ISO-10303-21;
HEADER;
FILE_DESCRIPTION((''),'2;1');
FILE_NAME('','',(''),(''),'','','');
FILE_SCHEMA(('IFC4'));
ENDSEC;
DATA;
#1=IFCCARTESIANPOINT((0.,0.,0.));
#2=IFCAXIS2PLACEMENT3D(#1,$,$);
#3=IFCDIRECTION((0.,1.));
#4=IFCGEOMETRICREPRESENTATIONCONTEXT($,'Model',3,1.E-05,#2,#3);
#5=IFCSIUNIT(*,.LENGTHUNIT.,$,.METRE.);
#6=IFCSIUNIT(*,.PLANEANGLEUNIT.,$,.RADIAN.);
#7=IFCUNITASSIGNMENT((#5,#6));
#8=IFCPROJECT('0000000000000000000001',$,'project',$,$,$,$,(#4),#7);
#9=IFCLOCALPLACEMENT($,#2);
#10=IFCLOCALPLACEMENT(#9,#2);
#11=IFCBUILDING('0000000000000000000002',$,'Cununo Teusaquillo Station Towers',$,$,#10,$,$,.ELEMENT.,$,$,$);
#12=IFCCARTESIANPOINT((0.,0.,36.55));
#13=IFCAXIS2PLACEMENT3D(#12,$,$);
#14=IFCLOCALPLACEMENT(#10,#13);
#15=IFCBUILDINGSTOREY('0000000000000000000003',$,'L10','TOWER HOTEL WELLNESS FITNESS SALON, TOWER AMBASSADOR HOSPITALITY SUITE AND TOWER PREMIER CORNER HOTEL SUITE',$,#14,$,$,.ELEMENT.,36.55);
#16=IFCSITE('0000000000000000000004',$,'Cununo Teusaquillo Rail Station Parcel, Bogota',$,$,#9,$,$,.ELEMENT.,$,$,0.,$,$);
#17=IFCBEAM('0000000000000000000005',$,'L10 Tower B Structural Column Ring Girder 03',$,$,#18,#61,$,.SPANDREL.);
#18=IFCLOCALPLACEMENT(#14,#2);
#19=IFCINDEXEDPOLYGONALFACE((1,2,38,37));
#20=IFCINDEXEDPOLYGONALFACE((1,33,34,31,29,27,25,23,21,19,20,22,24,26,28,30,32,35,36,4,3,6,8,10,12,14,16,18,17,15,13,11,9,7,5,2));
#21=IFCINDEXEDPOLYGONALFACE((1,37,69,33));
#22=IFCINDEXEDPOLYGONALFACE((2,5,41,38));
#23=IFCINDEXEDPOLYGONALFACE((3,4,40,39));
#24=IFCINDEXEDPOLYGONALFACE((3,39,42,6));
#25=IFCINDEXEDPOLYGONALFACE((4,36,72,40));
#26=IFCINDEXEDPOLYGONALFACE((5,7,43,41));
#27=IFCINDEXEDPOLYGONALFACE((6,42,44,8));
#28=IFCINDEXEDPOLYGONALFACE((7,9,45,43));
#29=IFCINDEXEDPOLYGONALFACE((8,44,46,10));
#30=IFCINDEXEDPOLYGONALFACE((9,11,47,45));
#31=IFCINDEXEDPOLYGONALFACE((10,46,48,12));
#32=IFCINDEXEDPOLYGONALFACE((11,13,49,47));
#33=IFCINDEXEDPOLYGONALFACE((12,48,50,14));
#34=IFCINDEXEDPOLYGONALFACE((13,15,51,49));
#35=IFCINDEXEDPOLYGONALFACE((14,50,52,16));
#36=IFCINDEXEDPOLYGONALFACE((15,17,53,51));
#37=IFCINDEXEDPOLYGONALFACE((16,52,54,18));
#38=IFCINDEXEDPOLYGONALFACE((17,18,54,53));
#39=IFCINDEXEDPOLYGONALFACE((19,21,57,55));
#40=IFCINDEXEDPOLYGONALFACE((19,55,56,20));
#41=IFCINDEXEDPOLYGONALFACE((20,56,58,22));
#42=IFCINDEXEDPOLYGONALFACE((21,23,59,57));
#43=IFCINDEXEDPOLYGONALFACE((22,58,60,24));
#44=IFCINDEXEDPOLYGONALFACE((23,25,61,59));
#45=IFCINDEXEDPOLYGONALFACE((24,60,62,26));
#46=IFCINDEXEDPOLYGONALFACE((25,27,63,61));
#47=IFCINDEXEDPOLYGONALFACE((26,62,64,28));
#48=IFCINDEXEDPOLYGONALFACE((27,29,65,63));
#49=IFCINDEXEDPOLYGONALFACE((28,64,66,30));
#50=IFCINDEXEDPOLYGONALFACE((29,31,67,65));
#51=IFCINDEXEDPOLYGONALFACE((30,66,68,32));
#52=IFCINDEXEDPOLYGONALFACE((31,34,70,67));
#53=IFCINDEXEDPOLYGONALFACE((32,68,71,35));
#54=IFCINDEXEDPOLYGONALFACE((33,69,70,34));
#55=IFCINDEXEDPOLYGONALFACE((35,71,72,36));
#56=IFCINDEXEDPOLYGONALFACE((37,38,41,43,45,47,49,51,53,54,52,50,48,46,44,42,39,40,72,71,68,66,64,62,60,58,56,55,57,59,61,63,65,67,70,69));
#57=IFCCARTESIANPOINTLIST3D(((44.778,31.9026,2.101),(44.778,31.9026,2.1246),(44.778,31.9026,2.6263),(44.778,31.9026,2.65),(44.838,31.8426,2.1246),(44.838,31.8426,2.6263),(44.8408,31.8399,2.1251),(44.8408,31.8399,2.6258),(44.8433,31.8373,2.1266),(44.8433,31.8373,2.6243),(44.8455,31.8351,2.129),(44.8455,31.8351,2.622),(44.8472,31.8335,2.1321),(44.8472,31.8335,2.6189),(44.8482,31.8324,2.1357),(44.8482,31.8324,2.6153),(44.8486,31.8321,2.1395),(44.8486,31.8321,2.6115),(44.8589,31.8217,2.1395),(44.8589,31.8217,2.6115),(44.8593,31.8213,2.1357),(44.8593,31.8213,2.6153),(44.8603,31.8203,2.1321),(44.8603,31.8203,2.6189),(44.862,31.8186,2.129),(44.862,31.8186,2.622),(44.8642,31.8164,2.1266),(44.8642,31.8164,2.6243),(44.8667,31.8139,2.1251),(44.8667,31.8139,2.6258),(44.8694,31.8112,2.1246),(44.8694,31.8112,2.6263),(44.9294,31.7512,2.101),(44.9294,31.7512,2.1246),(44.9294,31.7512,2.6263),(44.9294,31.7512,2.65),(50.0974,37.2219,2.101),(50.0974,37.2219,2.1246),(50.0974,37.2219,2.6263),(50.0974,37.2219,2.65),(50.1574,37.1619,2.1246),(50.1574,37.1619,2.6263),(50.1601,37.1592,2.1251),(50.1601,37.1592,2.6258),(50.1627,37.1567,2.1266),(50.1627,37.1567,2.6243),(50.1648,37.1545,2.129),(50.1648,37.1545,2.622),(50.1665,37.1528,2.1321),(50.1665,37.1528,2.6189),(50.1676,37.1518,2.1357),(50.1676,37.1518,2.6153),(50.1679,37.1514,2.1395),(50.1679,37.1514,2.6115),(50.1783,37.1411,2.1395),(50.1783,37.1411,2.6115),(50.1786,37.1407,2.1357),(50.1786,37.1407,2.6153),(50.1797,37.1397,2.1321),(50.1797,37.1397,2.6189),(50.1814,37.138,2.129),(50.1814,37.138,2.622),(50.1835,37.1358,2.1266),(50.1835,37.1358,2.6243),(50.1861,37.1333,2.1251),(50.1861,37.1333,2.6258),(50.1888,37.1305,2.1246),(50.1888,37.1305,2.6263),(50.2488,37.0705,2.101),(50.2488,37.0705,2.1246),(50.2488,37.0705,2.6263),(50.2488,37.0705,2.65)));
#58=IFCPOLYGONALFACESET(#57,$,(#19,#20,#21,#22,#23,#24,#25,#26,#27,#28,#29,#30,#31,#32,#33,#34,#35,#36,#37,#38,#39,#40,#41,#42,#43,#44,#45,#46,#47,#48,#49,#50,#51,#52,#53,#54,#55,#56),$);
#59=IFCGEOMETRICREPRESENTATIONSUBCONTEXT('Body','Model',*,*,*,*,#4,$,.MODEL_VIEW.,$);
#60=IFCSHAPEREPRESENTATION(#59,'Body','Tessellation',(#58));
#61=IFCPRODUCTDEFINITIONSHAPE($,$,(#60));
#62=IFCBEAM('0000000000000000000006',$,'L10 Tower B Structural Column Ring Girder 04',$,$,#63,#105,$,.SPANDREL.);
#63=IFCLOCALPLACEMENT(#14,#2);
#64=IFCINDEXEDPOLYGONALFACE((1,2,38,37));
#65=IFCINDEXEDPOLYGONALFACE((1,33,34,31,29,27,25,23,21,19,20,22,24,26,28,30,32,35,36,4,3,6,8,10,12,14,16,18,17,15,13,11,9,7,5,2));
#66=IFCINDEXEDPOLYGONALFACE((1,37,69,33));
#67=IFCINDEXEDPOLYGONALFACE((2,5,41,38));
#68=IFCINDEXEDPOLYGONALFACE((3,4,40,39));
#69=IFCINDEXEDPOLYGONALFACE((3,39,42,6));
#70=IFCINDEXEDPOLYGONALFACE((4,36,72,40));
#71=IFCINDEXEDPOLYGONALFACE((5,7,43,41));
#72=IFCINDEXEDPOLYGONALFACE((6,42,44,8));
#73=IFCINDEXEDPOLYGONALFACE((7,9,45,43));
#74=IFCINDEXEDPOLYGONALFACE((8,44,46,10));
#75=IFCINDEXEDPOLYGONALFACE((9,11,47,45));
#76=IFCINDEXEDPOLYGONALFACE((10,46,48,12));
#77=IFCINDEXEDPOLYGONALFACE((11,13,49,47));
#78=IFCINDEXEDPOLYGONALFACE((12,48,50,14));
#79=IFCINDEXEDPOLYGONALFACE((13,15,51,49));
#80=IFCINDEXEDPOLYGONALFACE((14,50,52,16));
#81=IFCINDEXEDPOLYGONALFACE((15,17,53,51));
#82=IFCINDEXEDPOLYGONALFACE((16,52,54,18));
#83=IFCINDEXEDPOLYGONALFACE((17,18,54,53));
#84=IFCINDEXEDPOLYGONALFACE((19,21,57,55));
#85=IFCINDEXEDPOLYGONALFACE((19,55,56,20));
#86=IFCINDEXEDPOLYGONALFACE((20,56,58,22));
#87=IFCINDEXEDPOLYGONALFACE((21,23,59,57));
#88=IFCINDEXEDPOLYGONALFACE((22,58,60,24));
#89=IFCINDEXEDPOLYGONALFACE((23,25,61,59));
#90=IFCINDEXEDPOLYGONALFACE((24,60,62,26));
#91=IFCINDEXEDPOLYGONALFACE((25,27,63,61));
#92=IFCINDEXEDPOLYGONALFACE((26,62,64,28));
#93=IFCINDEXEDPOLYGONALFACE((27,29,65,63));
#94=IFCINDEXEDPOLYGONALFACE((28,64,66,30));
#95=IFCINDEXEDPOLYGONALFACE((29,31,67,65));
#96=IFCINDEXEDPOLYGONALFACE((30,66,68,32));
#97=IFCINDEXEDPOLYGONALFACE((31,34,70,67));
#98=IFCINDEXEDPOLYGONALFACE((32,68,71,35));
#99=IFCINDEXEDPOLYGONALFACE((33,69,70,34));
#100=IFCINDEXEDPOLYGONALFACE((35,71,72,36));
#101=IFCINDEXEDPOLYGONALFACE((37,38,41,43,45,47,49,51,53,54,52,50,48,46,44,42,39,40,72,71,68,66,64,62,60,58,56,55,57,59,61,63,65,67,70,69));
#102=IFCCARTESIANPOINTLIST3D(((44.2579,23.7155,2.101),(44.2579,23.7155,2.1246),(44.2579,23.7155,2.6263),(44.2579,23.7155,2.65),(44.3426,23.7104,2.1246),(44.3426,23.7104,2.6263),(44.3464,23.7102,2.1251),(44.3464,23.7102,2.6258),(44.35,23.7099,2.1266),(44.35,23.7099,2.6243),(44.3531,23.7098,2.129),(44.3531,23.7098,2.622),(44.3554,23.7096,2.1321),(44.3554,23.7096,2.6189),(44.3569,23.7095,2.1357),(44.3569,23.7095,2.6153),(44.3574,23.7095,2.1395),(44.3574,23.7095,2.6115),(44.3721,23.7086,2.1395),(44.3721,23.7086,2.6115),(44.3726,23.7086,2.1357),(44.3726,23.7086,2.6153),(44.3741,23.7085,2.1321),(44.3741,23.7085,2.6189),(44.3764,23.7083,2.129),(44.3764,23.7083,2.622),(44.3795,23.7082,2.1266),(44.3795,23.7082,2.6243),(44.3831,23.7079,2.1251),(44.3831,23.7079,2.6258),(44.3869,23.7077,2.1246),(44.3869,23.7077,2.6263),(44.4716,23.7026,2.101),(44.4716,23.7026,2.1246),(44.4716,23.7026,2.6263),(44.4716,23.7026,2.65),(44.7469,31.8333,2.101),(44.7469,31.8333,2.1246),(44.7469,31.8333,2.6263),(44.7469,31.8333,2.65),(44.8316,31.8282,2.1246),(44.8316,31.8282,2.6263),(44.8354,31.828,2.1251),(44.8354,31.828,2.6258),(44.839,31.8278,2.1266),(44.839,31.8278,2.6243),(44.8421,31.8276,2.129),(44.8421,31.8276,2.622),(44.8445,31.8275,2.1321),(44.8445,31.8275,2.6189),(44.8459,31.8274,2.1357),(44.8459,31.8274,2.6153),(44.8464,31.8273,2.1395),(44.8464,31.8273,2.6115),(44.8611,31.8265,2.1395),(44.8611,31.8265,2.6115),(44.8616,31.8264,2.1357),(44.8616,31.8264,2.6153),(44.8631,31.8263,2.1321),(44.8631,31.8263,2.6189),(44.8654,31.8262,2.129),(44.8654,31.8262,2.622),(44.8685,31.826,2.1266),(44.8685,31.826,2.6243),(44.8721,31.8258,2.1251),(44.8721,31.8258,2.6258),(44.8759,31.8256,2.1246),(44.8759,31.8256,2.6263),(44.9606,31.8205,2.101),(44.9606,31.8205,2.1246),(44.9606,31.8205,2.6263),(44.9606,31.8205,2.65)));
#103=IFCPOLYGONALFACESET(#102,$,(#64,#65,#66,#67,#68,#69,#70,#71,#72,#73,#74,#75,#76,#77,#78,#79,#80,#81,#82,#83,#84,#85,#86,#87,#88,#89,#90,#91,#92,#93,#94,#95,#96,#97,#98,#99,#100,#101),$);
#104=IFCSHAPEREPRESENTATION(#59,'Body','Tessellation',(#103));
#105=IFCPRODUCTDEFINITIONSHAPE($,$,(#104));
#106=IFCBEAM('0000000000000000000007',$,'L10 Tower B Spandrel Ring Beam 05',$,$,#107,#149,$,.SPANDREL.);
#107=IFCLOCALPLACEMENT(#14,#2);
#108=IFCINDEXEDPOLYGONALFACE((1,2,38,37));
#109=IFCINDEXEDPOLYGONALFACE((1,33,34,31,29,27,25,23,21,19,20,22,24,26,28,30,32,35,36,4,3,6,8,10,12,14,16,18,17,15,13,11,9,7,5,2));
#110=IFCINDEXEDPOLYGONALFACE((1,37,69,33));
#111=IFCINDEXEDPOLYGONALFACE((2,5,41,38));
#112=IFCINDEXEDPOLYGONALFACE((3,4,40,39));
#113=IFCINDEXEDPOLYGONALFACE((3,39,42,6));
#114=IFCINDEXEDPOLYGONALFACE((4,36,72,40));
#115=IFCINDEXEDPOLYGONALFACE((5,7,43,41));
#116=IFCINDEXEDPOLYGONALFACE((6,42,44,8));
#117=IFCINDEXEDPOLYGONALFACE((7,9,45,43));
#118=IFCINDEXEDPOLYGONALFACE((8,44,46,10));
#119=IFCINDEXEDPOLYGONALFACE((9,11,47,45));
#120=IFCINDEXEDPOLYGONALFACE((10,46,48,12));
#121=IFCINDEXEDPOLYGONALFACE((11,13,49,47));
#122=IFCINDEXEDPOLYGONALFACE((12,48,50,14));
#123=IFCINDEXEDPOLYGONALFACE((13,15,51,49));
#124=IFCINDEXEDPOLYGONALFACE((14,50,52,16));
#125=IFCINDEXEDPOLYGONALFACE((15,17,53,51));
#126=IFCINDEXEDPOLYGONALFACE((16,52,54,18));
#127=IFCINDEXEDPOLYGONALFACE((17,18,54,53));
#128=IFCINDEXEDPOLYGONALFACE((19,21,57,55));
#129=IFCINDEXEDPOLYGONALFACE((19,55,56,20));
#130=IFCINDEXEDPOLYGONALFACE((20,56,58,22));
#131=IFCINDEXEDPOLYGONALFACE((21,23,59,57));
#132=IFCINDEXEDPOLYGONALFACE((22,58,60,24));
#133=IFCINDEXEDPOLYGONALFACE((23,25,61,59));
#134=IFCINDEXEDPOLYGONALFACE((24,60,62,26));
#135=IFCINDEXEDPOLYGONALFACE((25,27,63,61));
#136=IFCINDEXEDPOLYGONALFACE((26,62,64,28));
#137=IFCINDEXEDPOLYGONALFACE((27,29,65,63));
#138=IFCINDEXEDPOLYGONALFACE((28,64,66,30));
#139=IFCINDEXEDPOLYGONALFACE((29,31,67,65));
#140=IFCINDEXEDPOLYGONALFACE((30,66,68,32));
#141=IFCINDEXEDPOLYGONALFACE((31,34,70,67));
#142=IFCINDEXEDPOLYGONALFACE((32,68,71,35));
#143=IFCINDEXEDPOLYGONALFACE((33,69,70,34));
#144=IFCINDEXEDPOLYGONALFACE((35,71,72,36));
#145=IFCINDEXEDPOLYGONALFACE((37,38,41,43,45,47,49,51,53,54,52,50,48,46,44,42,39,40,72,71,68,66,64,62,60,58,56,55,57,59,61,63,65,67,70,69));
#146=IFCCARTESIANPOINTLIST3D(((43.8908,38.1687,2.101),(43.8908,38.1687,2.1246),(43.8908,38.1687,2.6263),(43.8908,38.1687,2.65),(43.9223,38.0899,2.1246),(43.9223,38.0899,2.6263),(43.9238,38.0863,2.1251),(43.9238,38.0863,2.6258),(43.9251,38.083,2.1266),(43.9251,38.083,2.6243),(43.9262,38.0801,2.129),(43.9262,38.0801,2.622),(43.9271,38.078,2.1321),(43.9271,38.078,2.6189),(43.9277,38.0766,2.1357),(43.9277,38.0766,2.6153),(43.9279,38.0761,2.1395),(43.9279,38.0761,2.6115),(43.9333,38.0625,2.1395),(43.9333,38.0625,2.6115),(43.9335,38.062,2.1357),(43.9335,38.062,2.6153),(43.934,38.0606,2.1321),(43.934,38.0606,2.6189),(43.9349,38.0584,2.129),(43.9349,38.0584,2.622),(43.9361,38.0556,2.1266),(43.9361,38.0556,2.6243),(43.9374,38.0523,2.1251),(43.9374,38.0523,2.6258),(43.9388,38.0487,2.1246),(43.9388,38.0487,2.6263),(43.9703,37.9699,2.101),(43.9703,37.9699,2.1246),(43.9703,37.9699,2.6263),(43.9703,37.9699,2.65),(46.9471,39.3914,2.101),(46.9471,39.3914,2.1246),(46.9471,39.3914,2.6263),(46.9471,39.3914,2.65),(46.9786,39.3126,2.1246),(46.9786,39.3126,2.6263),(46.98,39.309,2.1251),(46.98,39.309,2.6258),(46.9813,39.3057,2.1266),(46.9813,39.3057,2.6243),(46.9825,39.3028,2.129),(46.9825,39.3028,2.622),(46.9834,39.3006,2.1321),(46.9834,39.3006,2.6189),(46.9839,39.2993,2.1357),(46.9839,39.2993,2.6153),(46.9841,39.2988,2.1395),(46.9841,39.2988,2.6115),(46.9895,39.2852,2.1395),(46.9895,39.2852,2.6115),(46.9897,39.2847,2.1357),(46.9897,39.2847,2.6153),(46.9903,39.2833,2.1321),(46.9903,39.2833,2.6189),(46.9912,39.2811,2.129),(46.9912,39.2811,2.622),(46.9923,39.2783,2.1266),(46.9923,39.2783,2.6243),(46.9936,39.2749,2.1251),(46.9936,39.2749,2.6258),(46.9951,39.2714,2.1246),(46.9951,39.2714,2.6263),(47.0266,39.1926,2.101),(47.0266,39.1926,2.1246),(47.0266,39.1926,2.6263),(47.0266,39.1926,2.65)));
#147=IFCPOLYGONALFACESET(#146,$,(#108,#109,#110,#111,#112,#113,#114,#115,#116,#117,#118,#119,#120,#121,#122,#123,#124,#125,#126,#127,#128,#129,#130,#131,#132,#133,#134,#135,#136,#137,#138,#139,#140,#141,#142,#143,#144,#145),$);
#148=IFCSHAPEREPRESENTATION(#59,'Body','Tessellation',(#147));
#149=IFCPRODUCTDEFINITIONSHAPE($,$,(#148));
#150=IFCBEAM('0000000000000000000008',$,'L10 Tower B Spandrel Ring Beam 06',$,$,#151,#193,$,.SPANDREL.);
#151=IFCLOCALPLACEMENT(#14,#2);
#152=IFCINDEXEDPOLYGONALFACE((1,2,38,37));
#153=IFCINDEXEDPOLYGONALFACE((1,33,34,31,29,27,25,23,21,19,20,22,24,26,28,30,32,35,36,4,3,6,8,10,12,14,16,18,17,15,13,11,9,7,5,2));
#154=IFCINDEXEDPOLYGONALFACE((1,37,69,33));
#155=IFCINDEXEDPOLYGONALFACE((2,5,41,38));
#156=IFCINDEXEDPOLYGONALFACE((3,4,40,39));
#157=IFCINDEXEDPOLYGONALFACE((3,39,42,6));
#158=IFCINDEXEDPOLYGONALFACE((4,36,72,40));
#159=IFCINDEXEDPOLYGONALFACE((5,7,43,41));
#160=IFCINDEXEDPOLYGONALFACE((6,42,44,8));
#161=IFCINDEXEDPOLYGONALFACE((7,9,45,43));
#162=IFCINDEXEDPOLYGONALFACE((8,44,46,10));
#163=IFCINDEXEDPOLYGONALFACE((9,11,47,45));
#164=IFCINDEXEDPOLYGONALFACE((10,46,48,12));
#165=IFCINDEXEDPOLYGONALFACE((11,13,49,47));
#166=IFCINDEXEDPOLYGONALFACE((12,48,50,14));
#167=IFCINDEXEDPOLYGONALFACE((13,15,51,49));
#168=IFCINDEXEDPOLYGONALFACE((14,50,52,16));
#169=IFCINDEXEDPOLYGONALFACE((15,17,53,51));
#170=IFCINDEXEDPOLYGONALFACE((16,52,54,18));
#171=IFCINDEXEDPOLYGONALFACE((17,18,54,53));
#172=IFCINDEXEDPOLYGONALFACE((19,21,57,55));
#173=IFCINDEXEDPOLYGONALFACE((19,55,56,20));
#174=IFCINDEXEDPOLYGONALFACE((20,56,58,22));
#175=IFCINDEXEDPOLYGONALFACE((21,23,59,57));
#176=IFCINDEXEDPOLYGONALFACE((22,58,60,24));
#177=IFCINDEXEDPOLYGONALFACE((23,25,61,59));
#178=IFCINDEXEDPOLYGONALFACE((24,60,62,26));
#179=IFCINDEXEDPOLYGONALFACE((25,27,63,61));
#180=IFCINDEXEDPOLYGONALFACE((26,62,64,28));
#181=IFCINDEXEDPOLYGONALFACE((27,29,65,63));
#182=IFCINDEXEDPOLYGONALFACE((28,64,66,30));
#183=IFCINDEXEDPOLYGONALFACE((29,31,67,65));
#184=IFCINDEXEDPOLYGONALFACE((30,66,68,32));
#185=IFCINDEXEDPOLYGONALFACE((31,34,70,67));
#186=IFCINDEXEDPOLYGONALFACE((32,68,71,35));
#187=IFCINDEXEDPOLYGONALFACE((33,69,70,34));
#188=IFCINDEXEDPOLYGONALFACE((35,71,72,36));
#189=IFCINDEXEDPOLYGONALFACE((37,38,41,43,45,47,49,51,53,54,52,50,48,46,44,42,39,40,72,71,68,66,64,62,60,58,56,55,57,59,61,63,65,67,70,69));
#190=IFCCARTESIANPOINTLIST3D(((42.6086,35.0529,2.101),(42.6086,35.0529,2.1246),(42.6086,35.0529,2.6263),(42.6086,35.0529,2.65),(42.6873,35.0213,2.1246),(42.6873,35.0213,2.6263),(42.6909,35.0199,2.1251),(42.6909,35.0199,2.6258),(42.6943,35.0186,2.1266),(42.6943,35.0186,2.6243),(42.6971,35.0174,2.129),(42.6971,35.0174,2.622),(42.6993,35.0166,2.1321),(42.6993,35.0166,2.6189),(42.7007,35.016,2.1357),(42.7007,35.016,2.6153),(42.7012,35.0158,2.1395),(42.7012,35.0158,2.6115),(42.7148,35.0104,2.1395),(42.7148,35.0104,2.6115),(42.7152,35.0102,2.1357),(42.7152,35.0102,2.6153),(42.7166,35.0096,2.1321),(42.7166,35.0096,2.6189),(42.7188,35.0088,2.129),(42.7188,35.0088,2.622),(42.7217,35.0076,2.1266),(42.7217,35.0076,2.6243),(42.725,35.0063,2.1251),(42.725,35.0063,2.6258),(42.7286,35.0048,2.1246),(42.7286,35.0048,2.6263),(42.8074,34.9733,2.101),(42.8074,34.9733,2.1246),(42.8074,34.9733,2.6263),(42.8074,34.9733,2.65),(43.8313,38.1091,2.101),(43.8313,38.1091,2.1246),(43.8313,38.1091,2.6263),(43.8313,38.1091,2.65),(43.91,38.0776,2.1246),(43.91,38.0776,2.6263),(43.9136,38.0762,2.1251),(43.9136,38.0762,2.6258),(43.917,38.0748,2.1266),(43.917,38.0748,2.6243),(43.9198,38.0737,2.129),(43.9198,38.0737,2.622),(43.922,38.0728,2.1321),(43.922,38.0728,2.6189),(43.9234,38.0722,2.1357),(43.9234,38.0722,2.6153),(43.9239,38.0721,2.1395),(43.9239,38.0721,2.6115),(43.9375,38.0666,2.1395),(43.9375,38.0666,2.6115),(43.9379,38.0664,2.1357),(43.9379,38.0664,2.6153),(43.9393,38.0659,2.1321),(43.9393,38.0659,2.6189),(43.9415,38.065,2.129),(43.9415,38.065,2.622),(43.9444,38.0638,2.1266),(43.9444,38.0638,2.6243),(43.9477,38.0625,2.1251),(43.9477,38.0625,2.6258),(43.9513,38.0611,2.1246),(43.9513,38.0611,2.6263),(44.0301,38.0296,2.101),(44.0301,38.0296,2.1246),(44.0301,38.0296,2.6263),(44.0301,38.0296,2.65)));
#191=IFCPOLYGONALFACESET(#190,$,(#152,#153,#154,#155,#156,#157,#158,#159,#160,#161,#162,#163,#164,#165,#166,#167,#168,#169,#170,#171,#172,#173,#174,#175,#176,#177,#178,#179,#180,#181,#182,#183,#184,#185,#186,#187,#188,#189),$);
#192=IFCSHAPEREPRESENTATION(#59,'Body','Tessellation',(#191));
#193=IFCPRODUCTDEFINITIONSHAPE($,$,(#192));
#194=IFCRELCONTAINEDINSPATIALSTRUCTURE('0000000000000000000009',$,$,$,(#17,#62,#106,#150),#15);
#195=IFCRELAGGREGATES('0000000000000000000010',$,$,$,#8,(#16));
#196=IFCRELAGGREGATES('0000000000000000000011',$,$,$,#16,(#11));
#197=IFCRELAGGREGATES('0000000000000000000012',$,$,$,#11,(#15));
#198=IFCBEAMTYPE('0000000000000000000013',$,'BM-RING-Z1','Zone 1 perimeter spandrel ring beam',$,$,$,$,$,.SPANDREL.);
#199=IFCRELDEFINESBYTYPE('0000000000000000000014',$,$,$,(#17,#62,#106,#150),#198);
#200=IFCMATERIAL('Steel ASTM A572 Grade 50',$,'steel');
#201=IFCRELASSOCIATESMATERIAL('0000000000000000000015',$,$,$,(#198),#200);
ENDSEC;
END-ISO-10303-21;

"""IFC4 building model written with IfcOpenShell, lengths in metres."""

from ifc_helpers import new_model, si_unit, direction, frame, origin, origin_2d, place, context, subcontext, project, spatial, i_section, extrude, material, material_profile, profile_set, type_object, element, save


model = new_model("IFC4")

# Units and contexts
model_context = context("Model", 3, precision=1e-05, world=origin(), true_north=direction((0.0, 1.0)))
body_context = subcontext(model_context, "Body", "Model", "MODEL_VIEW")
ifc_project = project(units=[si_unit("LENGTHUNIT", "METRE"), si_unit("PLANEANGLEUNIT", "RADIAN")], contexts=[model_context])

# Site, building, storey
site_placement = place(None, origin())
site = spatial("IfcSite", under=ifc_project, at=site_placement, Name="Cununo Teusaquillo Rail Station Parcel, Bogota", CompositionType="ELEMENT", RefElevation=0.0)
building_placement = place(site_placement, origin())
building = spatial("IfcBuilding", under=site, at=building_placement, Name="Cununo Teusaquillo Station Towers", CompositionType="ELEMENT")
storey_placement = place(building_placement, frame((0.0, 0.0, 36.55)))
storey = spatial("IfcBuildingStorey", under=building, at=storey_placement, Name="L10", Description="TOWER HOTEL WELLNESS FITNESS SALON, TOWER AMBASSADOR HOSPITALITY SUITE AND TOWER PREMIER CORNER HOTEL SUITE", CompositionType="ELEMENT", Elevation=36.55)

# Beams
ifc_material_1 = material(Name="Steel ASTM A572 Grade 50", Category="steel")
ifc_material_profile_1 = material_profile(ifc_material_1, i_section(OverallWidth=0.2141, OverallDepth=0.5491, WebThickness=0.0146, FlangeThickness=0.0237, FilletRadius=0.0149, at=origin_2d()), Name="W21X93")
ifc_profile_set_1 = profile_set([ifc_material_profile_1], Name="Steel ASTM A572 Grade 50")
beam_type_1 = type_object("IfcBeamType", Name="BM-RING-Z1", Description="Zone 1 perimeter spandrel ring beam", PredefinedType="SPANDREL", material=ifc_profile_set_1)
beam_1_placement = place(storey_placement, frame((50.1731, 37.1462, 2.3755), z_axis=(-0.707107, -0.707107, 0.0), x_axis=(0.707107, -0.707107, 0.0)))
element("IfcBeam", 1, at=beam_1_placement, inside=storey, type_object=beam_type_1, Name="L10 Tower B Structural Column Ring Girder 03", PredefinedType="SPANDREL", context=body_context, shape_type="SweptSolid", body=[
    extrude(i_section(OverallWidth=0.2141, OverallDepth=0.5491, WebThickness=0.0146, FlangeThickness=0.0237, FilletRadius=0.0149, at=origin_2d()), origin(), (0.0, 0.0, 1.0), 7.5227),
])
beam_2_placement = place(storey_placement, frame((44.8538, 31.8269, 2.3755), z_axis=(-0.06013, -0.998191, 0.0), x_axis=(0.998191, -0.06013, 0.0)))
element("IfcBeam", 2, at=beam_2_placement, inside=storey, type_object=beam_type_1, Name="L10 Tower B Structural Column Ring Girder 04", PredefinedType="SPANDREL", context=body_context, shape_type="SweptSolid", body=[
    extrude(i_section(OverallWidth=0.2141, OverallDepth=0.5491, WebThickness=0.0146, FlangeThickness=0.0237, FilletRadius=0.0149, at=origin_2d()), origin(), (0.0, 0.0, 1.0), 8.1326),
])
for number, where, z_axis, x_axis, name in (
    (3, (46.9868, 39.292, 2.3755), (-0.928456, -0.371442, 0.0), (0.371442, -0.928456, 0.0), "L10 Tower B Spandrel Ring Beam 05"),
    (4, (43.9307, 38.0693, 2.3755), (-0.371442, -0.928456, 0.0), (0.928456, -0.371442, 0.0), "L10 Tower B Spandrel Ring Beam 06"),
):
    element("IfcBeam", number, at=place(storey_placement, frame(where, z_axis=z_axis, x_axis=x_axis)), inside=storey, type_object=beam_type_1, Name=name, PredefinedType="SPANDREL", context=body_context, shape_type="SweptSolid", body=[
        extrude(i_section(OverallWidth=0.2141, OverallDepth=0.5491, WebThickness=0.0146, FlangeThickness=0.0237, FilletRadius=0.0149, at=origin_2d()), origin(), (0.0, 0.0, 1.0), 3.2917),
    ])

save(model, "model.ifc")
